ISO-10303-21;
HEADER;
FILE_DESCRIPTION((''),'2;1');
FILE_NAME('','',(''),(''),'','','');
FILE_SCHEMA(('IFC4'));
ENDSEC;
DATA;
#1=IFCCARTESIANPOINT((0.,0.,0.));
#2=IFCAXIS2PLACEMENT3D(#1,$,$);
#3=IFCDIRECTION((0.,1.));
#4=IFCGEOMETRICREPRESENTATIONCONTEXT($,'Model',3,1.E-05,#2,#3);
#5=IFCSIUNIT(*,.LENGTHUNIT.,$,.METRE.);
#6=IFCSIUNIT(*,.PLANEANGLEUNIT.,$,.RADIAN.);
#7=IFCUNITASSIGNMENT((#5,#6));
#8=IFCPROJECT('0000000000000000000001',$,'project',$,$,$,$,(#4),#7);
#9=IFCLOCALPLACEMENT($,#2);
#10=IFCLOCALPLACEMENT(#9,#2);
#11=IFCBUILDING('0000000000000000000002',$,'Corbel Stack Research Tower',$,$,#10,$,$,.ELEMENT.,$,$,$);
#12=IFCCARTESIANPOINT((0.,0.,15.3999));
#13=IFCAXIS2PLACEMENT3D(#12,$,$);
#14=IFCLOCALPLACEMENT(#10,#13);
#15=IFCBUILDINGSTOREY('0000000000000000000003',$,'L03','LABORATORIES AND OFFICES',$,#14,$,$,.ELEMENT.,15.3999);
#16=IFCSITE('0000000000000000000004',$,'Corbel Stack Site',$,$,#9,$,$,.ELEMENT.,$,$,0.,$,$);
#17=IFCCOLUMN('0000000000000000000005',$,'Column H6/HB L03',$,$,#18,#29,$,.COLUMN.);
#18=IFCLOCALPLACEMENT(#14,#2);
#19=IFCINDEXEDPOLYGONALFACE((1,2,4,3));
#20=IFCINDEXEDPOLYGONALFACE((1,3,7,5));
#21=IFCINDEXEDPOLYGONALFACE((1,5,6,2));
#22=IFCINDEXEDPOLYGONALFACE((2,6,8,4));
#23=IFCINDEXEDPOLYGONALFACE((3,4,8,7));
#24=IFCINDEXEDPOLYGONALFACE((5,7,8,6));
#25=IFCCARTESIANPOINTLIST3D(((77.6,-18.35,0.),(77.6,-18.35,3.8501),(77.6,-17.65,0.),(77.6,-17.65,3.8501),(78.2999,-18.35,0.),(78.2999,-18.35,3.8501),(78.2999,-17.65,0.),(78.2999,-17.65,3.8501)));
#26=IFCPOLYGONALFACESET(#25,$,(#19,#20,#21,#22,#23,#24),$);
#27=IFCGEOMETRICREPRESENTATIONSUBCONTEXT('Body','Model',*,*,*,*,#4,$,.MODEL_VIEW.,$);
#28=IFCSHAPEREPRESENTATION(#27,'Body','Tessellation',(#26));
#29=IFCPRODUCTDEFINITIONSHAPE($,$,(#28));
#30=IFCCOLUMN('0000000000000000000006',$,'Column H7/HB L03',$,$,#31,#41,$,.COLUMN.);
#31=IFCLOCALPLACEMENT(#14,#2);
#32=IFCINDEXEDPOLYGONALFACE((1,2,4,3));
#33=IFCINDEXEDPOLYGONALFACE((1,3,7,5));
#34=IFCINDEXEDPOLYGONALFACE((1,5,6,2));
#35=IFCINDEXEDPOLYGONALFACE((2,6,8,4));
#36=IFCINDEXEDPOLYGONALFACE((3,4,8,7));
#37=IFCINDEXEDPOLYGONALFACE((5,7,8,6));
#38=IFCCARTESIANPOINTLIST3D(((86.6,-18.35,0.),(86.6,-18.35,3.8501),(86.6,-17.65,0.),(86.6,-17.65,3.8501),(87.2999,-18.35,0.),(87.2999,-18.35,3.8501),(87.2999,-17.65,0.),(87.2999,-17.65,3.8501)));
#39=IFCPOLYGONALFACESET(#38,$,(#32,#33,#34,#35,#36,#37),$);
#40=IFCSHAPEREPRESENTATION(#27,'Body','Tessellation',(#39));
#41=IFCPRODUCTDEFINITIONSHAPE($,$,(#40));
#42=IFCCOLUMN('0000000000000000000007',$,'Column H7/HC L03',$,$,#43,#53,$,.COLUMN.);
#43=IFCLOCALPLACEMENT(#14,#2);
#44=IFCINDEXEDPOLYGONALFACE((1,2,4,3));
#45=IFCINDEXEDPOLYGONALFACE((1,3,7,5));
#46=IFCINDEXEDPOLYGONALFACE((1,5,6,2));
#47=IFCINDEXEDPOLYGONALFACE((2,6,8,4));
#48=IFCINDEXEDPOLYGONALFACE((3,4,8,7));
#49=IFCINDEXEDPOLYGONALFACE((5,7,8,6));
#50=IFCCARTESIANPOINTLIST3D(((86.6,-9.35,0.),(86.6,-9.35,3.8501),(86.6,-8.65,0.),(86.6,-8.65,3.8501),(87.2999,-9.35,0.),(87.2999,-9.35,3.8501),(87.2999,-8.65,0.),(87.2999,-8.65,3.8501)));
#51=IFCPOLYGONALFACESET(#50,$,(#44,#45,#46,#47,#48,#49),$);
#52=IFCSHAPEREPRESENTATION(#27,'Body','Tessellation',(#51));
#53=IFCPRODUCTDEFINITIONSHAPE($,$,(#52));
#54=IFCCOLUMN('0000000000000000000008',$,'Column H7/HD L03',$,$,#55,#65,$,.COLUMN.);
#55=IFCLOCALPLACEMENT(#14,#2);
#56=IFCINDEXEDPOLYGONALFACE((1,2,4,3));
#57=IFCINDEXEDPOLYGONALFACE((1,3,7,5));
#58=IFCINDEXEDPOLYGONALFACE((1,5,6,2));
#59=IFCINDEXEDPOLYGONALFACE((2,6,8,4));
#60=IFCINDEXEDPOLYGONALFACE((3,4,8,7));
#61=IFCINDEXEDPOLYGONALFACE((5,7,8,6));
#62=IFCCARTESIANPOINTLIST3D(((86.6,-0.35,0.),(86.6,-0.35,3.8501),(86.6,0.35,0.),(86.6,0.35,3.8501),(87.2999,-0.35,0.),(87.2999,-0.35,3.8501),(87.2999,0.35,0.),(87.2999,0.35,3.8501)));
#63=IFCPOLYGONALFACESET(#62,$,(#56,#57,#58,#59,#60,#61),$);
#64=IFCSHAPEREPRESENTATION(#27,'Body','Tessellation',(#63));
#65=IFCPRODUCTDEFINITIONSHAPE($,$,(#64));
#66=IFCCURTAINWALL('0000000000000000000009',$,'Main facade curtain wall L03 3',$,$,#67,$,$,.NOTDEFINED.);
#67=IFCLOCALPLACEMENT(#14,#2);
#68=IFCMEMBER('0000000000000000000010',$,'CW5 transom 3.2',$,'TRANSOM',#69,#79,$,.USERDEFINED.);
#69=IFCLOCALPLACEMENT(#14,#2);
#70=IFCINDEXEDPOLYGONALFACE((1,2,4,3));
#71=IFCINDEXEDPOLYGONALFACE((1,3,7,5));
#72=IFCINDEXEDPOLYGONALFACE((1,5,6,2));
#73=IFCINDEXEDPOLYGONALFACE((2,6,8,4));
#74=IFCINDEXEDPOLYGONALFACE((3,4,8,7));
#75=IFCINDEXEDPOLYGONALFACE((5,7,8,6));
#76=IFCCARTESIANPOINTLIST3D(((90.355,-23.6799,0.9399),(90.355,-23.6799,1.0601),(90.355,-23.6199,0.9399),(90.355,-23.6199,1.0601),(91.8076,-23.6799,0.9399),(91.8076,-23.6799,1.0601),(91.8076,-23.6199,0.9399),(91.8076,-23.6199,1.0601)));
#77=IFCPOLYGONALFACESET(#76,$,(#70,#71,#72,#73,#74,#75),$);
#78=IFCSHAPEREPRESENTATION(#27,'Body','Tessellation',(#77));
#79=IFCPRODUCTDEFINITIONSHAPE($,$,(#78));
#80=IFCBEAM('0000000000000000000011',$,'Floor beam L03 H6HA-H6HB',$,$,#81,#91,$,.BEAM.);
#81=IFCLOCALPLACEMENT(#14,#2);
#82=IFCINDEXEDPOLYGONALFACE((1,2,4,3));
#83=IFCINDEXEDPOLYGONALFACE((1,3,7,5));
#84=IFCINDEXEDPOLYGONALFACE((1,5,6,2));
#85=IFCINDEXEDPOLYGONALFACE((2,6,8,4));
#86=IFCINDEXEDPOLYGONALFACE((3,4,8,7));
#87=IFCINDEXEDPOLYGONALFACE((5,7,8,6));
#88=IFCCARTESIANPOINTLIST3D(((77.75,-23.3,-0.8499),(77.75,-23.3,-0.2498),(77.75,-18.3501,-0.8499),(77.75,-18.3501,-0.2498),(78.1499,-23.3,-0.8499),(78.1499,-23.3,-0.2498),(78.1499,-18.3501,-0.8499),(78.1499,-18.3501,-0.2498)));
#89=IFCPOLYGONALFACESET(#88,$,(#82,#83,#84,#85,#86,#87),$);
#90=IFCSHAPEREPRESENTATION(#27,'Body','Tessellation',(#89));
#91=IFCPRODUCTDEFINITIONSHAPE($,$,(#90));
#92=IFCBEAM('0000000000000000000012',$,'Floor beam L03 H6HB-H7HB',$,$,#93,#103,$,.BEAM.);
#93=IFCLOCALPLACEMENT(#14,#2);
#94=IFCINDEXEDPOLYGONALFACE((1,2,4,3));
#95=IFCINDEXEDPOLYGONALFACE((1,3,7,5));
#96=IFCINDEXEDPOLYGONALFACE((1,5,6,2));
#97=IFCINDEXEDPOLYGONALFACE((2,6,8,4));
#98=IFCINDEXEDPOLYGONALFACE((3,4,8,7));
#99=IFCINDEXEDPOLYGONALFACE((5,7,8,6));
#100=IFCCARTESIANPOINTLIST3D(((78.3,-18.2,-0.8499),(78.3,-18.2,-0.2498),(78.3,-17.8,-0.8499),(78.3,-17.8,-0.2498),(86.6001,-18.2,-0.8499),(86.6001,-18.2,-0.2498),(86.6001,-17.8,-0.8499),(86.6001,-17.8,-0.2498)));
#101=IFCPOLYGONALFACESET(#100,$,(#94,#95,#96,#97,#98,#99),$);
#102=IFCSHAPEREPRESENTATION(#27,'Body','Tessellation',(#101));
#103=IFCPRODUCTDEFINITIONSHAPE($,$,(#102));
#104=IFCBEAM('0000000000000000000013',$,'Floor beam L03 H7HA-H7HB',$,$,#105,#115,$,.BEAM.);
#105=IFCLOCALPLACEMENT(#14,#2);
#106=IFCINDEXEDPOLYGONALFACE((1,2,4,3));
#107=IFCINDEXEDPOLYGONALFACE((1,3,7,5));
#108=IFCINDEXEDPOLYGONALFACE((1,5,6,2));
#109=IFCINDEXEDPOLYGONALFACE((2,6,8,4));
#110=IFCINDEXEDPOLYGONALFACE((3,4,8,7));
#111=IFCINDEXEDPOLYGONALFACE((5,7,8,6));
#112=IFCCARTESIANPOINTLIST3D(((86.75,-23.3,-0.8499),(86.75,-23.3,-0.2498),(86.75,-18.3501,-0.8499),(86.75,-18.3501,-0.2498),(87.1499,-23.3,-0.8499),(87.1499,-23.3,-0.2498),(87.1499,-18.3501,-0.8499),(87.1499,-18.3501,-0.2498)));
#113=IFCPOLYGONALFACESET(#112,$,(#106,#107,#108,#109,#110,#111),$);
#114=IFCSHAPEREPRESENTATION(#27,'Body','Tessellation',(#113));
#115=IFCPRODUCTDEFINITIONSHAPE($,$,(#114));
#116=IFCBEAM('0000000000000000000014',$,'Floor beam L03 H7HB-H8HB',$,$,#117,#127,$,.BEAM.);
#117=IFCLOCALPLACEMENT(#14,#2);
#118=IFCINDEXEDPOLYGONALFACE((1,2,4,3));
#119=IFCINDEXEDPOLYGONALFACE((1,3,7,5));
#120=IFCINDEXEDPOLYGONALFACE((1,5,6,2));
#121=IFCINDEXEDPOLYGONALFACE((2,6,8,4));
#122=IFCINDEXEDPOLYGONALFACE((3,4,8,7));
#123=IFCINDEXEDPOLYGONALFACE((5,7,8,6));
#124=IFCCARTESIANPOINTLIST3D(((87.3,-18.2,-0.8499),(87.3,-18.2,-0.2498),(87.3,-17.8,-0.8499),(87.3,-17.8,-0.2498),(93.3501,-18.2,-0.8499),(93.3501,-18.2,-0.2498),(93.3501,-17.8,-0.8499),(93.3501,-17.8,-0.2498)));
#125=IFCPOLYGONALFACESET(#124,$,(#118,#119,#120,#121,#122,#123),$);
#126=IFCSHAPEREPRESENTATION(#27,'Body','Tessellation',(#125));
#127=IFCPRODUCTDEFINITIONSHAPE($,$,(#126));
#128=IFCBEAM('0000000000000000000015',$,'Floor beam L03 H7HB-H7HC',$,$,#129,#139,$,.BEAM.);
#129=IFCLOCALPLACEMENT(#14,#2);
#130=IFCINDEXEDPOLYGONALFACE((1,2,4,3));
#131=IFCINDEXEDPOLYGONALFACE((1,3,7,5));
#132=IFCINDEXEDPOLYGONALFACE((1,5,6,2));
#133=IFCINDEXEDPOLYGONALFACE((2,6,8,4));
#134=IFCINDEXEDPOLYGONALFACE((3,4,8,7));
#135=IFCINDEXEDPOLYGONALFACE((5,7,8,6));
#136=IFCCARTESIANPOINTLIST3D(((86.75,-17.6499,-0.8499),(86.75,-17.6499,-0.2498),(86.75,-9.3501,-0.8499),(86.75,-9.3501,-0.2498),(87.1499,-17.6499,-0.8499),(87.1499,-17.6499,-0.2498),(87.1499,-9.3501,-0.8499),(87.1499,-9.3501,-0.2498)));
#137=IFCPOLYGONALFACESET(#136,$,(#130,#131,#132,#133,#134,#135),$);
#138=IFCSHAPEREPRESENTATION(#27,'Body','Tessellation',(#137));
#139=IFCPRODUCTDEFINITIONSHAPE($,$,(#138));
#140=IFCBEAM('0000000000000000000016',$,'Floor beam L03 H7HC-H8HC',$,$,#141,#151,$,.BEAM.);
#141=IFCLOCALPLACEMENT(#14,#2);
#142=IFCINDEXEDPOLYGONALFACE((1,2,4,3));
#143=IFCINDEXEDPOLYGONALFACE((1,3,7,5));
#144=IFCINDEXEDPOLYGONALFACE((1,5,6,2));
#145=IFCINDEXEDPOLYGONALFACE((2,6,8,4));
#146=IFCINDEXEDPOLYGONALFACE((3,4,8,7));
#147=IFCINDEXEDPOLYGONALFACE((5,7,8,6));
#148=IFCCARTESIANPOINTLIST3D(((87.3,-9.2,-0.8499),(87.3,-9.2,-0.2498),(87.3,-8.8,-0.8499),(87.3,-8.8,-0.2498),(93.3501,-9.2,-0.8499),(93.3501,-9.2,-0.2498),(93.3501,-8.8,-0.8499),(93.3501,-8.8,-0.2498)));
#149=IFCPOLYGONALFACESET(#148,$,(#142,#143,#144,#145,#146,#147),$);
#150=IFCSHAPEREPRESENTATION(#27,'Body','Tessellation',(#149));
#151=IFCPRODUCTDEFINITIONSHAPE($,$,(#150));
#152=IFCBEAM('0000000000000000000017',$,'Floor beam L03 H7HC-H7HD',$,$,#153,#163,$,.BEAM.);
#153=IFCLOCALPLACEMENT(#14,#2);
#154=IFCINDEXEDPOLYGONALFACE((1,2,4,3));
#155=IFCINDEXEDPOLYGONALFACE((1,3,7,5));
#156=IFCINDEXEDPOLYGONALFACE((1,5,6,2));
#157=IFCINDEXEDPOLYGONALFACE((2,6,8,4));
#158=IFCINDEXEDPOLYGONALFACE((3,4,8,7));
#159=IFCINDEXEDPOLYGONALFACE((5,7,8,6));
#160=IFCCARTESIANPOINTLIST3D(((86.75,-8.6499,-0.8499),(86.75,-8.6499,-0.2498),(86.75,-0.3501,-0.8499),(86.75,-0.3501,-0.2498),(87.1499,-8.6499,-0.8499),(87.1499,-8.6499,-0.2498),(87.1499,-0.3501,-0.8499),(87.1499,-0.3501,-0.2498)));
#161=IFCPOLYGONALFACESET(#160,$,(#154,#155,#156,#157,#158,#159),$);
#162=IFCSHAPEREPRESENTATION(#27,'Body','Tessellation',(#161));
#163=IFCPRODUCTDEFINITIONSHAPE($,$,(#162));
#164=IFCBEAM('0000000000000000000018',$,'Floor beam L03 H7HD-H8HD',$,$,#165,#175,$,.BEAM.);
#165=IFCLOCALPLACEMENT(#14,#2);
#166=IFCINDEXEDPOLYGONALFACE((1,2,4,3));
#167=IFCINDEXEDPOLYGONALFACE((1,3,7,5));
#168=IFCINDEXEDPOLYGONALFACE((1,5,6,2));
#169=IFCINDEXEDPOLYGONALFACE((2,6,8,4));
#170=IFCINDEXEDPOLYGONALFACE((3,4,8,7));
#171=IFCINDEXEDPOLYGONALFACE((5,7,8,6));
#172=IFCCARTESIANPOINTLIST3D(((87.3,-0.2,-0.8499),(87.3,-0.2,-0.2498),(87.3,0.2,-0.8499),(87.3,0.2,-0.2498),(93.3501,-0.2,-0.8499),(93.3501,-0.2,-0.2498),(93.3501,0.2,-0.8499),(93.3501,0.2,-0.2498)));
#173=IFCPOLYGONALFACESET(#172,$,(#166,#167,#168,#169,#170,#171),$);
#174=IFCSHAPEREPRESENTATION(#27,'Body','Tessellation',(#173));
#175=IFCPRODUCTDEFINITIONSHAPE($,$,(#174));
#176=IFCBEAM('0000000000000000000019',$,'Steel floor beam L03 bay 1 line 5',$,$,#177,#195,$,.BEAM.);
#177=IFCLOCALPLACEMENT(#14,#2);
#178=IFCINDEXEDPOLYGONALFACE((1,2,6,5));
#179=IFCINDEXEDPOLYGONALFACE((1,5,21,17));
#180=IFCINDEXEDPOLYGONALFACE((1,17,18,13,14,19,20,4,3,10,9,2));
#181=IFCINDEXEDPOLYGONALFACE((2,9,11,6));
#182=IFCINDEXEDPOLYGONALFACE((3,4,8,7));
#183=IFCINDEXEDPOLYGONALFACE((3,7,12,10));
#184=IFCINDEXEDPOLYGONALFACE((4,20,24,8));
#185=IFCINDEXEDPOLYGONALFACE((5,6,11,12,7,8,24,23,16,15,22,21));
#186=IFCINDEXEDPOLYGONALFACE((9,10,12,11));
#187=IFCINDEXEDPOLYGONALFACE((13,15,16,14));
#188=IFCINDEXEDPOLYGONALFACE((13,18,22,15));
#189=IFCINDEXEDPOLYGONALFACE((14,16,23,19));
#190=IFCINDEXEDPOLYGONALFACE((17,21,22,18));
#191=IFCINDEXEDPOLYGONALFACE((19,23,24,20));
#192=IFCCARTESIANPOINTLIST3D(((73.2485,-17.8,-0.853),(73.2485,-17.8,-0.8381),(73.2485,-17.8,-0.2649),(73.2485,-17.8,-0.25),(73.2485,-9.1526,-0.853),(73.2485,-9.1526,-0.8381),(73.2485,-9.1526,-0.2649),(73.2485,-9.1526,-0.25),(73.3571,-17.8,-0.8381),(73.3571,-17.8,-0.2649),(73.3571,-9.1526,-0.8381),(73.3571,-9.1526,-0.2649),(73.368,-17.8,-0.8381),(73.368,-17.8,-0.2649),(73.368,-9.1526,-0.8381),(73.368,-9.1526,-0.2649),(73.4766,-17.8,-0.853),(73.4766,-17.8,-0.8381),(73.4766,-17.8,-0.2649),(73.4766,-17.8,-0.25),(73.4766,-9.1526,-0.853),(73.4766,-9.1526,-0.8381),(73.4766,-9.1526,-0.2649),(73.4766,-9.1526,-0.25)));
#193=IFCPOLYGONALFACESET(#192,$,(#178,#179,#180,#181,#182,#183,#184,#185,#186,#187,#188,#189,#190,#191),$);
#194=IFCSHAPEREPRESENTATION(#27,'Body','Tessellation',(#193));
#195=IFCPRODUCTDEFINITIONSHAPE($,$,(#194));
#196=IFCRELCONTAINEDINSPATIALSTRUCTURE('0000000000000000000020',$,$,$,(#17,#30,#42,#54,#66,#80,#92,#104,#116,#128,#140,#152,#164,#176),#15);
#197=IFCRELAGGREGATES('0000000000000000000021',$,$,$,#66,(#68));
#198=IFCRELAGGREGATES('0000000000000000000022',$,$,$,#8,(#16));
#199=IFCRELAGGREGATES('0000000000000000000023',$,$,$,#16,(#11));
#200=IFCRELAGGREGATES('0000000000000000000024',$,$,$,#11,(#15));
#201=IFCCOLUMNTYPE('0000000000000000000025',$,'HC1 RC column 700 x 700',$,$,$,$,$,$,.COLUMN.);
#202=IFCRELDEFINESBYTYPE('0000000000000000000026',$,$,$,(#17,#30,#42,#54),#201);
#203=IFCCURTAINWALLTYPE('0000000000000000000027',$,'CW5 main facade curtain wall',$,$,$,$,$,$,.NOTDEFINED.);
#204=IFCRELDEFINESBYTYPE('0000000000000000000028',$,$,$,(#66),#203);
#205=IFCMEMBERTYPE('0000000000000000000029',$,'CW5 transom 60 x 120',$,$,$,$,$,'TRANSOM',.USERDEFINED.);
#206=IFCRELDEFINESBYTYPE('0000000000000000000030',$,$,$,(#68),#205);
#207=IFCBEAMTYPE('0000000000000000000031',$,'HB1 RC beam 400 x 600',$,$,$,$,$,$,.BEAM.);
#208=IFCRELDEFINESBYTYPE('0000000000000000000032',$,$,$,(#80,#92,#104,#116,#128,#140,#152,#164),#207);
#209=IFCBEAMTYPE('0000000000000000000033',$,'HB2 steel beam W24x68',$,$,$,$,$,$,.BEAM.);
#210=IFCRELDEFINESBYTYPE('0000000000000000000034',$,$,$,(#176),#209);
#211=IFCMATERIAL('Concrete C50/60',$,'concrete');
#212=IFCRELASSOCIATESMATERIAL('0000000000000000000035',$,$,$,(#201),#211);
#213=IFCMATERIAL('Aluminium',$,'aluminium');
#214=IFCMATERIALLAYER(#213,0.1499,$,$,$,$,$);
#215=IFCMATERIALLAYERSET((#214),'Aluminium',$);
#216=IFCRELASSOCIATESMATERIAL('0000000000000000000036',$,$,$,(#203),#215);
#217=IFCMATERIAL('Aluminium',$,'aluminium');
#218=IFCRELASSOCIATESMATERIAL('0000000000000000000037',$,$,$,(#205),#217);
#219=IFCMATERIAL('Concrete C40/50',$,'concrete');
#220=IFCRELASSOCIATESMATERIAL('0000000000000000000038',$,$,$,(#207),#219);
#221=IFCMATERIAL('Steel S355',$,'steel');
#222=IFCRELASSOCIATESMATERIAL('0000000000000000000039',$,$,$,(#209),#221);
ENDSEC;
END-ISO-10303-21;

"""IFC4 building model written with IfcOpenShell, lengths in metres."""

from ifc_helpers import new_model, si_unit, direction, frame, origin, origin_2d, place, context, subcontext, project, spatial, rectangle, i_section, extrude, material, layer, layer_set, material_profile, profile_set, type_object, element, aggregate, save


model = new_model("IFC4")

# Units and contexts
model_context = context("Model", 3, precision=1e-05, world=origin(), true_north=direction((0.0, 1.0)))
body_context = subcontext(model_context, "Body", "Model", "MODEL_VIEW")
ifc_project = project(units=[si_unit("LENGTHUNIT", "METRE"), si_unit("PLANEANGLEUNIT", "RADIAN")], contexts=[model_context])

# Site, building, storey
site_placement = place(None, origin())
site = spatial("IfcSite", under=ifc_project, at=site_placement, Name="Corbel Stack Site", CompositionType="ELEMENT", RefElevation=0.0)
building_placement = place(site_placement, origin())
building = spatial("IfcBuilding", under=site, at=building_placement, Name="Corbel Stack Research Tower", CompositionType="ELEMENT")
storey_placement = place(building_placement, frame((0.0, 0.0, 15.3999)))
storey = spatial("IfcBuildingStorey", under=building, at=storey_placement, Name="L03", Description="LABORATORIES AND OFFICES", CompositionType="ELEMENT", Elevation=15.3999)

# Columns
ifc_material_1 = material(Name="Concrete C50/60", Category="concrete")
ifc_material_profile_1 = material_profile(ifc_material_1, rectangle(XDim=0.7, YDim=0.7, at=origin_2d()), Name="RC 700 x 700")
ifc_profile_set_1 = profile_set([ifc_material_profile_1], Name="Concrete C50/60")
column_type = type_object("IfcColumnType", Name="HC1 RC column 700 x 700", PredefinedType="COLUMN", material=ifc_profile_set_1)
for number, where, z_axis, x_axis, name in (
    (1, (77.95, -18.0, 0.0), (0.0, 0.0, 1.0), (1.0, 0.0, 0.0), "Column H6/HB L03"),
    (2, (86.95, -18.0, 0.0), (0.0, 0.0, 1.0), (1.0, 0.0, 0.0), "Column H7/HB L03"),
    (3, (86.95, -9.0, 0.0), (0.0, 0.0, 1.0), (1.0, 0.0, 0.0), "Column H7/HC L03"),
    (4, (86.95, 0.0, 0.0), (0.0, 0.0, 1.0), (1.0, 0.0, 0.0), "Column H7/HD L03"),
):
    element("IfcColumn", number, at=place(storey_placement, frame(where, z_axis=z_axis, x_axis=x_axis)), inside=storey, type_object=column_type, Name=name, PredefinedType="COLUMN", context=body_context, shape_type="SweptSolid", body=[
        extrude(rectangle(XDim=0.7, YDim=0.7, at=origin_2d()), origin(), (0.0, 0.0, 1.0), 3.8501),
    ])

# Curtain wall, member
ifc_material_2 = material(Name="Aluminium", Category="aluminium")
ifc_layer_1 = layer(ifc_material_2, 0.1499)
ifc_layer_set_1 = layer_set([ifc_layer_1], Name="Aluminium")
curtain_wall_type = type_object("IfcCurtainWallType", Name="CW5 main facade curtain wall", PredefinedType="NOTDEFINED", material=ifc_layer_set_1)
curtain_wall_placement = place(storey_placement, origin())
curtain_wall = element("IfcCurtainWall", 5, at=curtain_wall_placement, inside=storey, type_object=curtain_wall_type, Name="Main facade curtain wall L03 3", PredefinedType="NOTDEFINED")
ifc_material_3 = material(Name="Aluminium", Category="aluminium")
ifc_material_profile_2 = material_profile(ifc_material_3, rectangle(XDim=0.0601, YDim=0.1201, at=origin_2d()), Name="Transom 60 x 120")
ifc_profile_set_2 = profile_set([ifc_material_profile_2], Name="Aluminium")
member_type = type_object("IfcMemberType", Name="CW5 transom 60 x 120", ElementType="TRANSOM", PredefinedType="USERDEFINED", material=ifc_profile_set_2)
member_placement = place(storey_placement, frame((90.355, -23.6499, 1.0), z_axis=(1.0, 0.0, 0.0), x_axis=(0.0, 1.0, 0.0)))
member = element("IfcMember", 6, at=member_placement, type_object=member_type, Name="CW5 transom 3.2", ObjectType="TRANSOM", PredefinedType="USERDEFINED", context=body_context, shape_type="SweptSolid", body=[
    extrude(rectangle(XDim=0.0601, YDim=0.1201, at=origin_2d()), origin(), (0.0, 0.0, 1.0), 1.4526),
])
aggregate(curtain_wall, [member])

# Beams
ifc_material_4 = material(Name="Concrete C40/50", Category="concrete")
ifc_material_profile_3 = material_profile(ifc_material_4, rectangle(XDim=0.3999, YDim=0.6001, at=origin_2d()), Name="RC 400 x 600")
ifc_profile_set_3 = profile_set([ifc_material_profile_3], Name="Concrete C40/50")
beam_type_1 = type_object("IfcBeamType", Name="HB1 RC beam 400 x 600", PredefinedType="BEAM", material=ifc_profile_set_3)
beam_1_placement = place(storey_placement, frame((77.95, -23.3, -0.5498), z_axis=(0.0, 1.0, 0.0), x_axis=(-1.0, 0.0, 0.0)))
element("IfcBeam", 7, at=beam_1_placement, inside=storey, type_object=beam_type_1, Name="Floor beam L03 H6HA-H6HB", PredefinedType="BEAM", context=body_context, shape_type="SweptSolid", body=[
    extrude(rectangle(XDim=0.3999, YDim=0.6001, at=origin_2d()), origin(), (0.0, 0.0, 1.0), 4.95),
])
beam_2_placement = place(storey_placement, frame((78.3, -18.0, -0.5498), z_axis=(1.0, 0.0, 0.0), x_axis=(0.0, 1.0, 0.0)))
element("IfcBeam", 8, at=beam_2_placement, inside=storey, type_object=beam_type_1, Name="Floor beam L03 H6HB-H7HB", PredefinedType="BEAM", context=body_context, shape_type="SweptSolid", body=[
    extrude(rectangle(XDim=0.3999, YDim=0.6001, at=origin_2d()), origin(), (0.0, 0.0, 1.0), 8.3),
])
beam_3_placement = place(storey_placement, frame((86.95, -23.3, -0.5498), z_axis=(0.0, 1.0, 0.0), x_axis=(-1.0, 0.0, 0.0)))
element("IfcBeam", 9, at=beam_3_placement, inside=storey, type_object=beam_type_1, Name="Floor beam L03 H7HA-H7HB", PredefinedType="BEAM", context=body_context, shape_type="SweptSolid", body=[
    extrude(rectangle(XDim=0.3999, YDim=0.6001, at=origin_2d()), origin(), (0.0, 0.0, 1.0), 4.95),
])
beam_4_placement = place(storey_placement, frame((87.3, -18.0, -0.5498), z_axis=(1.0, 0.0, 0.0), x_axis=(0.0, 1.0, 0.0)))
element("IfcBeam", 10, at=beam_4_placement, inside=storey, type_object=beam_type_1, Name="Floor beam L03 H7HB-H8HB", PredefinedType="BEAM", context=body_context, shape_type="SweptSolid", body=[
    extrude(rectangle(XDim=0.3999, YDim=0.6001, at=origin_2d()), origin(), (0.0, 0.0, 1.0), 6.05),
])
beam_5_placement = place(storey_placement, frame((86.95, -17.6499, -0.5498), z_axis=(0.0, 1.0, 0.0), x_axis=(-1.0, 0.0, 0.0)))
element("IfcBeam", 11, at=beam_5_placement, inside=storey, type_object=beam_type_1, Name="Floor beam L03 H7HB-H7HC", PredefinedType="BEAM", context=body_context, shape_type="SweptSolid", body=[
    extrude(rectangle(XDim=0.3999, YDim=0.6001, at=origin_2d()), origin(), (0.0, 0.0, 1.0), 8.2998),
])
beam_6_placement = place(storey_placement, frame((87.3, -9.0, -0.5498), z_axis=(1.0, 0.0, 0.0), x_axis=(0.0, 1.0, 0.0)))
element("IfcBeam", 12, at=beam_6_placement, inside=storey, type_object=beam_type_1, Name="Floor beam L03 H7HC-H8HC", PredefinedType="BEAM", context=body_context, shape_type="SweptSolid", body=[
    extrude(rectangle(XDim=0.3999, YDim=0.6001, at=origin_2d()), origin(), (0.0, 0.0, 1.0), 6.05),
])
beam_7_placement = place(storey_placement, frame((86.95, -8.6499, -0.5498), z_axis=(0.0, 1.0, 0.0), x_axis=(-1.0, 0.0, 0.0)))
element("IfcBeam", 13, at=beam_7_placement, inside=storey, type_object=beam_type_1, Name="Floor beam L03 H7HC-H7HD", PredefinedType="BEAM", context=body_context, shape_type="SweptSolid", body=[
    extrude(rectangle(XDim=0.3999, YDim=0.6001, at=origin_2d()), origin(), (0.0, 0.0, 1.0), 8.2998),
])
beam_8_placement = place(storey_placement, frame((87.3, 0.0, -0.5498), z_axis=(1.0, 0.0, 0.0), x_axis=(0.0, 1.0, 0.0)))
element("IfcBeam", 14, at=beam_8_placement, inside=storey, type_object=beam_type_1, Name="Floor beam L03 H7HD-H8HD", PredefinedType="BEAM", context=body_context, shape_type="SweptSolid", body=[
    extrude(rectangle(XDim=0.3999, YDim=0.6001, at=origin_2d()), origin(), (0.0, 0.0, 1.0), 6.05),
])
ifc_material_5 = material(Name="Steel S355", Category="steel")
ifc_material_profile_4 = material_profile(ifc_material_5, i_section(OverallWidth=0.228, OverallDepth=0.603, WebThickness=0.011, FlangeThickness=0.0149, at=origin_2d()), Name="W24x68")
ifc_profile_set_4 = profile_set([ifc_material_profile_4], Name="Steel S355")
beam_type_2 = type_object("IfcBeamType", Name="HB2 steel beam W24x68", PredefinedType="BEAM", material=ifc_profile_set_4)
for number, where, z_axis, x_axis, name in (
    (15, (73.3625, -17.8, -0.5515), (0.0, 1.0, 0.0), (-1.0, 0.0, 0.0), "Steel floor beam L03 bay 1 line 5"),
):
    element("IfcBeam", number, at=place(storey_placement, frame(where, z_axis=z_axis, x_axis=x_axis)), inside=storey, type_object=beam_type_2, Name=name, PredefinedType="BEAM", context=body_context, shape_type="SweptSolid", body=[
        extrude(i_section(OverallWidth=0.228, OverallDepth=0.603, WebThickness=0.011, FlangeThickness=0.0149, at=origin_2d()), origin(), (0.0, 0.0, 1.0), 8.6475),
    ])

save(model, "model.ifc")
